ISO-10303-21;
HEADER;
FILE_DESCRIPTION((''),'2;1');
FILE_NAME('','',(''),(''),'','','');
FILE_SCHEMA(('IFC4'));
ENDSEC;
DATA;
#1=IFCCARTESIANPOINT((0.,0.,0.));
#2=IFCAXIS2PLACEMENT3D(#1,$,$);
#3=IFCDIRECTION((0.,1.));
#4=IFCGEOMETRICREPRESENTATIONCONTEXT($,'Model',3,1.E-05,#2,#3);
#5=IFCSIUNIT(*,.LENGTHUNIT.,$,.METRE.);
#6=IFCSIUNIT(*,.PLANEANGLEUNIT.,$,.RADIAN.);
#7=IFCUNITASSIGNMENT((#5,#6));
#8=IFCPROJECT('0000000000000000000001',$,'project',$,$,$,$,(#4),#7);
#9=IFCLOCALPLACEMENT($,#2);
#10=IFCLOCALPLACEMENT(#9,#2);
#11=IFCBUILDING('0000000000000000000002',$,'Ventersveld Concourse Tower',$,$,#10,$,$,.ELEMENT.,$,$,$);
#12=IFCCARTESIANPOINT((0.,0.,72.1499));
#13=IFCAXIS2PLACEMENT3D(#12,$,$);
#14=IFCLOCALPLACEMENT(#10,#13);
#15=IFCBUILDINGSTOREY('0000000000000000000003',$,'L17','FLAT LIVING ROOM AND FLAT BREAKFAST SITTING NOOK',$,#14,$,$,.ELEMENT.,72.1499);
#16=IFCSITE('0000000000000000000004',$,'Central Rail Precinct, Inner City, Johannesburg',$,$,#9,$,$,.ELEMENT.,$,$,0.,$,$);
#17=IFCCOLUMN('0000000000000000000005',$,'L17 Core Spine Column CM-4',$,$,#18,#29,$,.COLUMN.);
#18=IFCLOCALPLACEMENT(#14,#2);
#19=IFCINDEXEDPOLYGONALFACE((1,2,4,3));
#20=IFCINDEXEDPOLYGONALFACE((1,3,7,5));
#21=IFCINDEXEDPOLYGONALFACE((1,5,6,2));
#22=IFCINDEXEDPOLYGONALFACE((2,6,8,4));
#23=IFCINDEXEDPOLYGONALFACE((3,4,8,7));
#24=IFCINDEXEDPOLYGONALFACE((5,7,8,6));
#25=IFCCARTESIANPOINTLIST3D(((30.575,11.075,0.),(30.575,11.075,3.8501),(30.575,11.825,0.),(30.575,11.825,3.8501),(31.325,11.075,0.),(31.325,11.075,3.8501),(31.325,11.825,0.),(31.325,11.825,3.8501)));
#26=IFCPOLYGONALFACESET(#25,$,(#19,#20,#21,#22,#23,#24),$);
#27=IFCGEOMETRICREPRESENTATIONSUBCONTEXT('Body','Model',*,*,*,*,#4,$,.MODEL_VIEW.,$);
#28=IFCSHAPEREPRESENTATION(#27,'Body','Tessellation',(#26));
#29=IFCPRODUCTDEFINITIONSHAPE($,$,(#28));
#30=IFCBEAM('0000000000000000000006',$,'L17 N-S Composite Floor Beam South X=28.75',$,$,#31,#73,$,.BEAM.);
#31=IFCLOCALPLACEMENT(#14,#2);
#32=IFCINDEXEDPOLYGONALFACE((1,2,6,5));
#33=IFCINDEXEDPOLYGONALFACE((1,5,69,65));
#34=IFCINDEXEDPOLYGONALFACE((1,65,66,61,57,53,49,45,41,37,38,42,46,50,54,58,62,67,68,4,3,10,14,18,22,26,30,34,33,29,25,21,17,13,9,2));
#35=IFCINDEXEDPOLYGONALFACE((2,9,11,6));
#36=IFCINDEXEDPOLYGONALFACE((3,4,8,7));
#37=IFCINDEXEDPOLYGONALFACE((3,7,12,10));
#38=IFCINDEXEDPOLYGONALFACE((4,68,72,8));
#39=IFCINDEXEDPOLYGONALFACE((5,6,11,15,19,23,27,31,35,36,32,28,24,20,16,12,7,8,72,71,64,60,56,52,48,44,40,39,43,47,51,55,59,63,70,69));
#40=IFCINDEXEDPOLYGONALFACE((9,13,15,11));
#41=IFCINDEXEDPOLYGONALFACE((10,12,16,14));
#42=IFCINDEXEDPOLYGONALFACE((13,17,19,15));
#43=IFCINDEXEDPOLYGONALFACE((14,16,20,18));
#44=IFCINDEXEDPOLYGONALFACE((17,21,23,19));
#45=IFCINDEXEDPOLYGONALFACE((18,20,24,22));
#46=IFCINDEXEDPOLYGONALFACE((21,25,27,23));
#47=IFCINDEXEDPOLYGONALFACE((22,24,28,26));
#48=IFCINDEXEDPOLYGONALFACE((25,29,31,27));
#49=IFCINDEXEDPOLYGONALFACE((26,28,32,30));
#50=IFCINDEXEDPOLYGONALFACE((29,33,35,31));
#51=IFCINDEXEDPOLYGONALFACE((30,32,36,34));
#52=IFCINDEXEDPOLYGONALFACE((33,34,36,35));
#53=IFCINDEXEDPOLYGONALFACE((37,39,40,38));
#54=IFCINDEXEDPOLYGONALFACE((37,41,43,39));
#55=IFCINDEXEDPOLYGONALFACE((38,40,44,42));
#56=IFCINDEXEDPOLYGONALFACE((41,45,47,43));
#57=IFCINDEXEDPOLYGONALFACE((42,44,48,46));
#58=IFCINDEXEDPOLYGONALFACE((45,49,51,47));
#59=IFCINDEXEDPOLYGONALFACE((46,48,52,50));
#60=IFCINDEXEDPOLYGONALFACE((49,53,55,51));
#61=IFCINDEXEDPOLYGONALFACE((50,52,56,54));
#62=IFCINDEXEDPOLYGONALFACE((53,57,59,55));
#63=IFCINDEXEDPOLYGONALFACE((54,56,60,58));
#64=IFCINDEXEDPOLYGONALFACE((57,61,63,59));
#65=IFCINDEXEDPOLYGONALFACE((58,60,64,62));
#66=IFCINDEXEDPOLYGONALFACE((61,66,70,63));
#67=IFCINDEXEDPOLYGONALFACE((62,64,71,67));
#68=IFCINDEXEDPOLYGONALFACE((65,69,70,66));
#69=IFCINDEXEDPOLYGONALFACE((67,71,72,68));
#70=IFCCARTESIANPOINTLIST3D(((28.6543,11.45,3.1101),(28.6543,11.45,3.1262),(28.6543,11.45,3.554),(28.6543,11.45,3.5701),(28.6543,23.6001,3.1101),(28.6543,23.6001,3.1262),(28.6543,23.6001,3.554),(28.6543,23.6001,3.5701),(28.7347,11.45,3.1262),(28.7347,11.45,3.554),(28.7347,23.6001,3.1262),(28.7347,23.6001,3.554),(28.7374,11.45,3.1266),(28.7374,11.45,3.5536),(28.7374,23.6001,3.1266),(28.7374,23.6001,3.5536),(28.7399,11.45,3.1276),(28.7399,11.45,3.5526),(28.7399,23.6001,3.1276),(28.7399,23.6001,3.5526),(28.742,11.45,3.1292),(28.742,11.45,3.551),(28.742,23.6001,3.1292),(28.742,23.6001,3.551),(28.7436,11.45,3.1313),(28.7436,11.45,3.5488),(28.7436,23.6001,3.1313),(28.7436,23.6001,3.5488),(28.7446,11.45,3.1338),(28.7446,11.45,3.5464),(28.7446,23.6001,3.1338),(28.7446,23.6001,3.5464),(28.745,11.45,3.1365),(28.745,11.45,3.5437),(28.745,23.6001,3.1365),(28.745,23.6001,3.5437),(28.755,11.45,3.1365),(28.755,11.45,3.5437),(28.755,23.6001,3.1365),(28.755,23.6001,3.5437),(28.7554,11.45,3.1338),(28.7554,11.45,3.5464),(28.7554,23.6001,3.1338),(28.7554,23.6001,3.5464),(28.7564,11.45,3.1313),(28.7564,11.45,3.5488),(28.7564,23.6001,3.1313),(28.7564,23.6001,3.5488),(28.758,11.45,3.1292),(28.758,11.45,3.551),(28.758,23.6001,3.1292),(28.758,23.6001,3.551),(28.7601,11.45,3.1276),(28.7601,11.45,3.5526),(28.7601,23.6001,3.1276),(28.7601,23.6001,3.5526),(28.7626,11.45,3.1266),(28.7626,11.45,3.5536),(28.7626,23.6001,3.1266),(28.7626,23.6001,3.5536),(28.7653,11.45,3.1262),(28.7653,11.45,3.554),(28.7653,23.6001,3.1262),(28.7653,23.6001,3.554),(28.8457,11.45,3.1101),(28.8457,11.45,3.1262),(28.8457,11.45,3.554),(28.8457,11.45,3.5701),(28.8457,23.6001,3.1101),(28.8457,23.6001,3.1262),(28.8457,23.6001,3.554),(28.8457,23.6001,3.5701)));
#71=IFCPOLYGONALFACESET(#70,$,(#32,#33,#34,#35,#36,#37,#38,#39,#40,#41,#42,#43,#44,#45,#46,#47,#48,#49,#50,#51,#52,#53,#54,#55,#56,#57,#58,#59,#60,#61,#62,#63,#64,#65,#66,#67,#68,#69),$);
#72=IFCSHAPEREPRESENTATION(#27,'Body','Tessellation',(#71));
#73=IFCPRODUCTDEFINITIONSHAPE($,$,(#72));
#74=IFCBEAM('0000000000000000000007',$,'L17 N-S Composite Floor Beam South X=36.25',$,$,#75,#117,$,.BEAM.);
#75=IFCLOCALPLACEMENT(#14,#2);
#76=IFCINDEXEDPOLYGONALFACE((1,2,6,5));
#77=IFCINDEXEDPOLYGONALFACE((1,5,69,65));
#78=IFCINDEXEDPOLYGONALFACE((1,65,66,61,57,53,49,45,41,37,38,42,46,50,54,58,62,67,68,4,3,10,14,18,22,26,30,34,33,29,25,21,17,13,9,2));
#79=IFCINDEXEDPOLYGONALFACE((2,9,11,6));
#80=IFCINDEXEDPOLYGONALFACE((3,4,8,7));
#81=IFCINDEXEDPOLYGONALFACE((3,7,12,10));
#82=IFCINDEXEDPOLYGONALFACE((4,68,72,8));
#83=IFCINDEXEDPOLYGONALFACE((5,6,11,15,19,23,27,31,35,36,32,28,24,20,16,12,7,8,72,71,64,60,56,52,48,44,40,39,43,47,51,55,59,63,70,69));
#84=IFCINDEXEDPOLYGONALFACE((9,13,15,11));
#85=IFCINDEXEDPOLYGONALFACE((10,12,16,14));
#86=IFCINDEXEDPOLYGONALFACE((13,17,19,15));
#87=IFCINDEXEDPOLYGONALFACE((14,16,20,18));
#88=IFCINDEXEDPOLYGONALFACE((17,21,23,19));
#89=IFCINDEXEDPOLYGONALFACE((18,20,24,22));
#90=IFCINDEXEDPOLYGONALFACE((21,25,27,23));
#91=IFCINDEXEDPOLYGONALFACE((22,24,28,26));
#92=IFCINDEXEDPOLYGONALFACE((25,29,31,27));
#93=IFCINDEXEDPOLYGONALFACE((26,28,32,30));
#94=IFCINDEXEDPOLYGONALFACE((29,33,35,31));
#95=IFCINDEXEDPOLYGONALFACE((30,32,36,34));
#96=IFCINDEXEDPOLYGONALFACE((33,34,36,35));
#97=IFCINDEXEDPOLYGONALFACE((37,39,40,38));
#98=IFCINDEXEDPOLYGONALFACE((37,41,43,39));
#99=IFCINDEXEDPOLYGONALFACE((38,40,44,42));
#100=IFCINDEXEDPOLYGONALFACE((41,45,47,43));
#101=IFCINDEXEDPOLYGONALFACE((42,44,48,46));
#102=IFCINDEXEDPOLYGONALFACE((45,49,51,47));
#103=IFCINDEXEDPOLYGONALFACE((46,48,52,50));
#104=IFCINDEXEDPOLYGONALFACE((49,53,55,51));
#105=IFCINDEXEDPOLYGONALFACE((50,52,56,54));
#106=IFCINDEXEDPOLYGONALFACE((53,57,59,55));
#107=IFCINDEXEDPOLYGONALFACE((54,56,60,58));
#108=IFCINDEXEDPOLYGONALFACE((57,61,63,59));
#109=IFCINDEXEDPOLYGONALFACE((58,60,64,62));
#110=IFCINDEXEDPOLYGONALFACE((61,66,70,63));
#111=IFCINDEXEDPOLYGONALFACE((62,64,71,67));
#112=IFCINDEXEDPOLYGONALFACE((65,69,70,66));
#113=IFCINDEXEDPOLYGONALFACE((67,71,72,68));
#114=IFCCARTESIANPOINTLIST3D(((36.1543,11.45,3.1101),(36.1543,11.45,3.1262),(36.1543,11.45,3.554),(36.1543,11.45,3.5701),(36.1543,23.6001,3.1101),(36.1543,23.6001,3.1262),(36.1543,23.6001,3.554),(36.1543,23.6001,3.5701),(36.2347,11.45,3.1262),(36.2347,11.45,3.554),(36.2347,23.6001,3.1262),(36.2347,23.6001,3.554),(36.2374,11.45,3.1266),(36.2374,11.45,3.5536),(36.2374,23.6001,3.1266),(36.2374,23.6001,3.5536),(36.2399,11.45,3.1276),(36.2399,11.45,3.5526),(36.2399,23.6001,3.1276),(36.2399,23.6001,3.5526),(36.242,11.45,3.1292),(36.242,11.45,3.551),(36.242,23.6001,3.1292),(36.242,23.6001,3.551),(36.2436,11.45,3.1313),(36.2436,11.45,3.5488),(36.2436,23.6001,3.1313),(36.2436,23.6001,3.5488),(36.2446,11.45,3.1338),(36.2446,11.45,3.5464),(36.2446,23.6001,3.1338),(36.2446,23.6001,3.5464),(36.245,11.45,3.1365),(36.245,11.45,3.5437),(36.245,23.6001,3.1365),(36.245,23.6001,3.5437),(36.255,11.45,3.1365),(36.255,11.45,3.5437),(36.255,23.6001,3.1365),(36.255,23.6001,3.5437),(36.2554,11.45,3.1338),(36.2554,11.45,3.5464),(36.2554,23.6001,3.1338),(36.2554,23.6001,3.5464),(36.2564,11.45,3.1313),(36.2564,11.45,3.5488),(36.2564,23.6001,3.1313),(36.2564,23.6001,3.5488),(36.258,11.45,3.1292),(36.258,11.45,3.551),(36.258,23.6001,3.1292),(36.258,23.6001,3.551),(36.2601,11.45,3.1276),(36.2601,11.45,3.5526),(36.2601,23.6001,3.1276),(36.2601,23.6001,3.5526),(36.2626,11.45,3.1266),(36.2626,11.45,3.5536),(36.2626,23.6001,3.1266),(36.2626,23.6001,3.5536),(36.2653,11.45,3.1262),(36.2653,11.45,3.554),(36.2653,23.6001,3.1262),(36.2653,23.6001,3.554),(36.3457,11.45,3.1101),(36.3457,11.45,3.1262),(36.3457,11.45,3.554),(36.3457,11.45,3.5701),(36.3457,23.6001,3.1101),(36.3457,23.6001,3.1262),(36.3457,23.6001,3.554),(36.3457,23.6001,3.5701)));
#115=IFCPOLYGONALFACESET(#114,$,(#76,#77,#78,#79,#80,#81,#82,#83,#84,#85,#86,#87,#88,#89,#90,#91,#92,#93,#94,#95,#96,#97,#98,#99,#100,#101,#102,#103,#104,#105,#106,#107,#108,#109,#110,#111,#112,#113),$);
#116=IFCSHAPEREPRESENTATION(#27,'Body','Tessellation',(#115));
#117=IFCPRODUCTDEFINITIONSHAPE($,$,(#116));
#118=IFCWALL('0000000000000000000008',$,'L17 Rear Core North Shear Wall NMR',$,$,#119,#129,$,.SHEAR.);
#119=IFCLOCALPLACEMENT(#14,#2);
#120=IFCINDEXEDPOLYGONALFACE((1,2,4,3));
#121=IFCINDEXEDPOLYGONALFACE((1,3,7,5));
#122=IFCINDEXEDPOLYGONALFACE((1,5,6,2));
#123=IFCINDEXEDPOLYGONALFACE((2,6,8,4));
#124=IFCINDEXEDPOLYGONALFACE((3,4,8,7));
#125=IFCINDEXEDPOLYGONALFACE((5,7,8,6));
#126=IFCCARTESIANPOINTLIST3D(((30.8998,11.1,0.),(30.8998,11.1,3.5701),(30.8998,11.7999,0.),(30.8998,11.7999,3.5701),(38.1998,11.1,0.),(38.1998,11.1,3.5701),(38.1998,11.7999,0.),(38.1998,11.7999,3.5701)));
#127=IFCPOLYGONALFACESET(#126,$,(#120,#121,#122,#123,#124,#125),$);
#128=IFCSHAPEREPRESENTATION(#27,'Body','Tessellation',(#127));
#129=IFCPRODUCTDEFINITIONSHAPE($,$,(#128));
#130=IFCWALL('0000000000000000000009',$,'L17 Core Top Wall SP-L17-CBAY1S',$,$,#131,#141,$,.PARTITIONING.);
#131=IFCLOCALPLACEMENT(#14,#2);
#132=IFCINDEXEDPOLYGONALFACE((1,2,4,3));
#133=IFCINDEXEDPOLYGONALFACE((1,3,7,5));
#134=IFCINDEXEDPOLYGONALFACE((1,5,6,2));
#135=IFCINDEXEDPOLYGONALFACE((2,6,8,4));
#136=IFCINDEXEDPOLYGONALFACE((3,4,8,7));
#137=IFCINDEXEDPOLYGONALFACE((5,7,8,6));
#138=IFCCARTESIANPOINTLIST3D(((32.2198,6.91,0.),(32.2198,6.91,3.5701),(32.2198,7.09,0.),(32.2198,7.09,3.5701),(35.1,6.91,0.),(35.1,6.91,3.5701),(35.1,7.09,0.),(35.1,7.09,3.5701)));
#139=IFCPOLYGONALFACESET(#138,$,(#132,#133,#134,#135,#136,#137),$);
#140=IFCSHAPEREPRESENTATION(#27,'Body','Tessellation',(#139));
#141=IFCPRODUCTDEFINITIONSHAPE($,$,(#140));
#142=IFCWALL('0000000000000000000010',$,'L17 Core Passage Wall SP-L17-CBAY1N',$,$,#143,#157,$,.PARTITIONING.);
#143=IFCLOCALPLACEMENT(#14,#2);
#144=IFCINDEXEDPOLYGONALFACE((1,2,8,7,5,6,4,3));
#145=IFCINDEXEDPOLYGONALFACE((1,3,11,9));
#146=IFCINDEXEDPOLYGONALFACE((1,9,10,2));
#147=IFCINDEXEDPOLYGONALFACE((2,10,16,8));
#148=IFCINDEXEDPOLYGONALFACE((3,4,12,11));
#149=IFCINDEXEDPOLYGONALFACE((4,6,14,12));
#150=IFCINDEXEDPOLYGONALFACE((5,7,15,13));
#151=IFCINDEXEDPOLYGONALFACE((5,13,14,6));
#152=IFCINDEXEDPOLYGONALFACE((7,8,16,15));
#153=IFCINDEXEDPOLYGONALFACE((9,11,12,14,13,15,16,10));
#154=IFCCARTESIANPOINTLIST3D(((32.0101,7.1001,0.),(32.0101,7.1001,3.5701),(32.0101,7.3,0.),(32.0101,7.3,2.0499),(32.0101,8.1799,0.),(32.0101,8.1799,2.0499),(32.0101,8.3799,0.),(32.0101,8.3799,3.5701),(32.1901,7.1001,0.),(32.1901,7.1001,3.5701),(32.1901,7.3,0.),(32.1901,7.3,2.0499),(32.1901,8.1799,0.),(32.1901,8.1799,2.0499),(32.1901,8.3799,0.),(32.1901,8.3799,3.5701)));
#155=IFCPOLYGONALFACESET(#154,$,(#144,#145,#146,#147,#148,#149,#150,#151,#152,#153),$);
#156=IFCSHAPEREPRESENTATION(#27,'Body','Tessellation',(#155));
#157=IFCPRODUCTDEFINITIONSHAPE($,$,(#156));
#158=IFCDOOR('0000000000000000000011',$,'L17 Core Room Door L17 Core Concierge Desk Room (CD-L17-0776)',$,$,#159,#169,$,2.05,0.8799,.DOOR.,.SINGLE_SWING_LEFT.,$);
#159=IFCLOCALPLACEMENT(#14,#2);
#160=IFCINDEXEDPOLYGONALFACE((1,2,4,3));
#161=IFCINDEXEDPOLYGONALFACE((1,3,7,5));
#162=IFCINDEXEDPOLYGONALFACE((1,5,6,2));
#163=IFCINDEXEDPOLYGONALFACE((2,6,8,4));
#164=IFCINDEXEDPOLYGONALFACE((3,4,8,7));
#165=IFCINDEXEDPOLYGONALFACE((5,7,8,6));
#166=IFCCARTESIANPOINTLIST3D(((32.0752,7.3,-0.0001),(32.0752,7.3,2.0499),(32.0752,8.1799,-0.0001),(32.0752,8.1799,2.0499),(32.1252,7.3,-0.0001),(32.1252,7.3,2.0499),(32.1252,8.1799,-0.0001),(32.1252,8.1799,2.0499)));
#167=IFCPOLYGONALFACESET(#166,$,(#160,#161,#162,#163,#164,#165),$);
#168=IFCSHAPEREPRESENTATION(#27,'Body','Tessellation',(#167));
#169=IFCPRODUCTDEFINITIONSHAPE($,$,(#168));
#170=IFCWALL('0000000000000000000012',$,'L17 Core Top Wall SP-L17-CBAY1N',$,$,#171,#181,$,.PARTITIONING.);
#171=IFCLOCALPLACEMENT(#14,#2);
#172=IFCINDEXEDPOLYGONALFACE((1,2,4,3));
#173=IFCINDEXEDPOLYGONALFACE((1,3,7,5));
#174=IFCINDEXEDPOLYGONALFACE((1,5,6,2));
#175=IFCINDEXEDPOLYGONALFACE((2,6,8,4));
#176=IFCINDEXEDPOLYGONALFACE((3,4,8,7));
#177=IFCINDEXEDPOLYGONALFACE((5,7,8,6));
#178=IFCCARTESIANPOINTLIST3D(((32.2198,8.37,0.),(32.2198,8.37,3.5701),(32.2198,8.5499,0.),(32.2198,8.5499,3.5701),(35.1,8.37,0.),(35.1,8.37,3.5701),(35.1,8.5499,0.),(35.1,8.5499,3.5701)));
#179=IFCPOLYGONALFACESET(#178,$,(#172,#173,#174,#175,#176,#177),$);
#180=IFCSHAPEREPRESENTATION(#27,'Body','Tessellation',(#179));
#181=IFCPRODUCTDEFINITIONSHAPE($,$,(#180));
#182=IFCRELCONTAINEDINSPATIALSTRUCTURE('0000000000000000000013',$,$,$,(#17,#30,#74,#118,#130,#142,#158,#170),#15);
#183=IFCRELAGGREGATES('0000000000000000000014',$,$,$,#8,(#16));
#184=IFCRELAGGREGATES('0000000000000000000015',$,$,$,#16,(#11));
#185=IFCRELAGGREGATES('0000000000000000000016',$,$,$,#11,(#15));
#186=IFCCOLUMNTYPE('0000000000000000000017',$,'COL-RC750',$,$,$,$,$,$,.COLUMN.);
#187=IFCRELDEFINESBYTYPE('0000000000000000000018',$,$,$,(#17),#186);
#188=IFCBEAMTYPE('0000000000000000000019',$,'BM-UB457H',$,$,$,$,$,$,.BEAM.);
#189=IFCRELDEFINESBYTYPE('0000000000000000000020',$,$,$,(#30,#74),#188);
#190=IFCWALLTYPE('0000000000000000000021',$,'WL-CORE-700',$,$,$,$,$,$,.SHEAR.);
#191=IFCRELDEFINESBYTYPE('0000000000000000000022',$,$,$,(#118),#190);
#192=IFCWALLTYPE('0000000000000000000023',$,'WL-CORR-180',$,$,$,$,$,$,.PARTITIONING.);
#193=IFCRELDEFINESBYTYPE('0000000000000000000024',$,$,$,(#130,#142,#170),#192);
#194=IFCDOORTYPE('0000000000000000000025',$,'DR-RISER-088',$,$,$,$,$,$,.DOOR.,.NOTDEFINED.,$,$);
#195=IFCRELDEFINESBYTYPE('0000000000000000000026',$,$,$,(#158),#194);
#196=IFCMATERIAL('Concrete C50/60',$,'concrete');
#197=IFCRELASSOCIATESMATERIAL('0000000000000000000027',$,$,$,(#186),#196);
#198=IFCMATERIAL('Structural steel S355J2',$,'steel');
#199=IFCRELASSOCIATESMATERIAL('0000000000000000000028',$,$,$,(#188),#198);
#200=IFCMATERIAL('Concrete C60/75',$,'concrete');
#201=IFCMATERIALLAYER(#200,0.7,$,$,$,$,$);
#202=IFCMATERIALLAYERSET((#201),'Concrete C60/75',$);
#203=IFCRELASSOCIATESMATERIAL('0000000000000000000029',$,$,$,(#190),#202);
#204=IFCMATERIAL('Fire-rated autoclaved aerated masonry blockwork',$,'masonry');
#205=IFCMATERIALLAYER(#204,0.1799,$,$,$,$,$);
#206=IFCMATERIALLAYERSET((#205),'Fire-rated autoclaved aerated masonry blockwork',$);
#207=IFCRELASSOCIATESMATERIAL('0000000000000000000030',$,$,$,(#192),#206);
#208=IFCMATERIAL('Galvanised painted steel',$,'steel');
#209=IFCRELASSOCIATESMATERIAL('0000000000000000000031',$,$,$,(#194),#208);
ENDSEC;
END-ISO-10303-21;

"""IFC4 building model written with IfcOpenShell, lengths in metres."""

from ifc_helpers import new_model, si_unit, direction, frame, frame_2d, origin, origin_2d, place, context, subcontext, project, spatial, rectangle, i_section, extrude, material, layer, layer_set, material_profile, profile_set, type_object, element, fill, save


model = new_model("IFC4")

# Units and contexts
model_context = context("Model", 3, precision=1e-05, world=origin(), true_north=direction((0.0, 1.0)))
body_context = subcontext(model_context, "Body", "Model", "MODEL_VIEW")
ifc_project = project(units=[si_unit("LENGTHUNIT", "METRE"), si_unit("PLANEANGLEUNIT", "RADIAN")], contexts=[model_context])

# Site, building, storey
site_placement = place(None, origin())
site = spatial("IfcSite", under=ifc_project, at=site_placement, Name="Central Rail Precinct, Inner City, Johannesburg", CompositionType="ELEMENT", RefElevation=0.0)
building_placement = place(site_placement, origin())
building = spatial("IfcBuilding", under=site, at=building_placement, Name="Ventersveld Concourse Tower", CompositionType="ELEMENT")
storey_placement = place(building_placement, frame((0.0, 0.0, 72.1499)))
storey = spatial("IfcBuildingStorey", under=building, at=storey_placement, Name="L17", Description="FLAT LIVING ROOM AND FLAT BREAKFAST SITTING NOOK", CompositionType="ELEMENT", Elevation=72.1499)

# Column
ifc_material_1 = material(Name="Concrete C50/60", Category="concrete")
ifc_material_profile_1 = material_profile(ifc_material_1, rectangle(XDim=0.75, YDim=0.75, at=origin_2d()), Name="RC 750x750")
ifc_profile_set_1 = profile_set([ifc_material_profile_1], Name="Concrete C50/60")
column_type = type_object("IfcColumnType", Name="COL-RC750", PredefinedType="COLUMN", material=ifc_profile_set_1)
column_placement = place(storey_placement, frame((30.95, 11.45, 0.0), z_axis=(0.0, 0.0, 1.0), x_axis=(1.0, 0.0, 0.0)))
element("IfcColumn", 1, at=column_placement, inside=storey, type_object=column_type, Name="L17 Core Spine Column CM-4", PredefinedType="COLUMN", context=body_context, shape_type="SweptSolid", body=[
    extrude(rectangle(XDim=0.75, YDim=0.75, at=origin_2d()), origin(), (0.0, 0.0, 1.0), 3.8501),
])

# Beams
ifc_material_2 = material(Name="Structural steel S355J2", Category="steel")
ifc_material_profile_2 = material_profile(ifc_material_2, i_section(OverallWidth=0.1914, OverallDepth=0.46, WebThickness=0.01, FlangeThickness=0.0161, FilletRadius=0.0103, at=origin_2d()), Name="UB 457x191x82")
ifc_profile_set_2 = profile_set([ifc_material_profile_2], Name="Structural steel S355J2")
beam_type = type_object("IfcBeamType", Name="BM-UB457H", PredefinedType="BEAM", material=ifc_profile_set_2)
for number, where, z_axis, x_axis, name in (
    (2, (28.75, 11.45, 3.3401), (0.0, 1.0, 0.0), (-1.0, 0.0, 0.0), "L17 N-S Composite Floor Beam South X=28.75"),
    (3, (36.25, 11.45, 3.3401), (0.0, 1.0, 0.0), (-1.0, 0.0, 0.0), "L17 N-S Composite Floor Beam South X=36.25"),
):
    element("IfcBeam", number, at=place(storey_placement, frame(where, z_axis=z_axis, x_axis=x_axis)), inside=storey, type_object=beam_type, Name=name, PredefinedType="BEAM", context=body_context, shape_type="SweptSolid", body=[
        extrude(i_section(OverallWidth=0.1914, OverallDepth=0.46, WebThickness=0.01, FlangeThickness=0.0161, FilletRadius=0.0103, at=origin_2d()), origin(), (0.0, 0.0, 1.0), 12.1501),
    ])

# Walls
ifc_material_3 = material(Name="Concrete C60/75", Category="concrete")
ifc_layer_1 = layer(ifc_material_3, 0.7)
ifc_layer_set_1 = layer_set([ifc_layer_1], Name="Concrete C60/75")
wall_type_1 = type_object("IfcWallType", Name="WL-CORE-700", PredefinedType="SHEAR", material=ifc_layer_set_1)
wall_1_placement = place(storey_placement, frame((30.8999, 11.45, 0.0), z_axis=(0.0, 0.0, 1.0), x_axis=(1.0, 0.0, 0.0)))
element("IfcWall", 4, at=wall_1_placement, inside=storey, type_object=wall_type_1, Name="L17 Rear Core North Shear Wall NMR", PredefinedType="SHEAR", context=body_context, shape_type="SweptSolid", body=[
    extrude(rectangle(XDim=7.3, YDim=0.7, at=frame_2d((3.6499, 0.0))), origin(), (0.0, 0.0, 1.0), 3.5701),
])
ifc_material_4 = material(Name="Fire-rated autoclaved aerated masonry blockwork", Category="masonry")
ifc_layer_2 = layer(ifc_material_4, 0.1799)
ifc_layer_set_2 = layer_set([ifc_layer_2], Name="Fire-rated autoclaved aerated masonry blockwork")
wall_type_2 = type_object("IfcWallType", Name="WL-CORR-180", PredefinedType="PARTITIONING", material=ifc_layer_set_2)
wall_2_placement = place(storey_placement, frame((32.22, 7.0, 0.0), z_axis=(0.0, 0.0, 1.0), x_axis=(1.0, 0.0, 0.0)))
element("IfcWall", 5, at=wall_2_placement, inside=storey, type_object=wall_type_2, Name="L17 Core Top Wall SP-L17-CBAY1S", PredefinedType="PARTITIONING", context=body_context, shape_type="SweptSolid", body=[
    extrude(rectangle(XDim=2.8801, YDim=0.1799, at=frame_2d((1.4399, 0.0))), origin(), (0.0, 0.0, 1.0), 3.5701),
])

# Wall, opening, door
wall_3_placement = place(storey_placement, frame((32.1001, 7.1001, 0.0), z_axis=(0.0, 0.0, 1.0), x_axis=(0.0, 1.0, 0.0)))
wall_3 = element("IfcWall", 6, at=wall_3_placement, inside=storey, type_object=wall_type_2, Name="L17 Core Passage Wall SP-L17-CBAY1N", PredefinedType="PARTITIONING", context=body_context, shape_type="SweptSolid", body=[
    extrude(rectangle(XDim=1.2798, YDim=0.1799, at=frame_2d((0.6399, 0.0))), origin(), (0.0, 0.0, 1.0), 3.5701),
])
opening_1_placement = place(wall_3_placement, frame((0.2, 0.0, 0.0)))
opening_1 = element("IfcOpeningElement", 7, at=opening_1_placement, cuts=wall_3, PredefinedType="OPENING", context=body_context, shape_type="SweptSolid", body=[
    extrude(rectangle(XDim=0.8799, YDim=2.05, at=frame_2d((0.4399, 1.0249))), frame((0.0, 0.1001, 0.0), z_axis=(0.0, -1.0, 0.0), x_axis=(1.0, 0.0, 0.0)), (0.0, 0.0, 1.0), 0.2),
])
ifc_material_5 = material(Name="Galvanised painted steel", Category="steel")
door_type_1 = type_object("IfcDoorType", Name="DR-RISER-088", OperationType="NOTDEFINED", PredefinedType="DOOR", material=ifc_material_5)
door_1_placement = place(opening_1_placement, origin())
door_1 = element("IfcDoor", 8, at=door_1_placement, inside=storey, type_object=door_type_1, Name="L17 Core Room Door L17 Core Concierge Desk Room (CD-L17-0776)", OperationType="SINGLE_SWING_LEFT", OverallHeight=2.05, OverallWidth=0.8799, PredefinedType="DOOR", context=body_context, shape_type="SweptSolid", body=[
    extrude(rectangle(XDim=0.8799, YDim=2.05, at=frame_2d((0.4399, 1.0249))), frame((0.0, 0.0249, 0.0), z_axis=(0.0, -1.0, 0.0), x_axis=(1.0, 0.0, 0.0)), (0.0, 0.0, 1.0), 0.05),
])
fill(opening_1, door_1)

# Wall
wall_4_placement = place(storey_placement, frame((32.22, 8.46, 0.0), z_axis=(0.0, 0.0, 1.0), x_axis=(1.0, 0.0, 0.0)))
element("IfcWall", 9, at=wall_4_placement, inside=storey, type_object=wall_type_2, Name="L17 Core Top Wall SP-L17-CBAY1N", PredefinedType="PARTITIONING", context=body_context, shape_type="SweptSolid", body=[
    extrude(rectangle(XDim=2.8801, YDim=0.1799, at=frame_2d((1.4399, 0.0))), origin(), (0.0, 0.0, 1.0), 3.5701),
])

save(model, "model.ifc")
